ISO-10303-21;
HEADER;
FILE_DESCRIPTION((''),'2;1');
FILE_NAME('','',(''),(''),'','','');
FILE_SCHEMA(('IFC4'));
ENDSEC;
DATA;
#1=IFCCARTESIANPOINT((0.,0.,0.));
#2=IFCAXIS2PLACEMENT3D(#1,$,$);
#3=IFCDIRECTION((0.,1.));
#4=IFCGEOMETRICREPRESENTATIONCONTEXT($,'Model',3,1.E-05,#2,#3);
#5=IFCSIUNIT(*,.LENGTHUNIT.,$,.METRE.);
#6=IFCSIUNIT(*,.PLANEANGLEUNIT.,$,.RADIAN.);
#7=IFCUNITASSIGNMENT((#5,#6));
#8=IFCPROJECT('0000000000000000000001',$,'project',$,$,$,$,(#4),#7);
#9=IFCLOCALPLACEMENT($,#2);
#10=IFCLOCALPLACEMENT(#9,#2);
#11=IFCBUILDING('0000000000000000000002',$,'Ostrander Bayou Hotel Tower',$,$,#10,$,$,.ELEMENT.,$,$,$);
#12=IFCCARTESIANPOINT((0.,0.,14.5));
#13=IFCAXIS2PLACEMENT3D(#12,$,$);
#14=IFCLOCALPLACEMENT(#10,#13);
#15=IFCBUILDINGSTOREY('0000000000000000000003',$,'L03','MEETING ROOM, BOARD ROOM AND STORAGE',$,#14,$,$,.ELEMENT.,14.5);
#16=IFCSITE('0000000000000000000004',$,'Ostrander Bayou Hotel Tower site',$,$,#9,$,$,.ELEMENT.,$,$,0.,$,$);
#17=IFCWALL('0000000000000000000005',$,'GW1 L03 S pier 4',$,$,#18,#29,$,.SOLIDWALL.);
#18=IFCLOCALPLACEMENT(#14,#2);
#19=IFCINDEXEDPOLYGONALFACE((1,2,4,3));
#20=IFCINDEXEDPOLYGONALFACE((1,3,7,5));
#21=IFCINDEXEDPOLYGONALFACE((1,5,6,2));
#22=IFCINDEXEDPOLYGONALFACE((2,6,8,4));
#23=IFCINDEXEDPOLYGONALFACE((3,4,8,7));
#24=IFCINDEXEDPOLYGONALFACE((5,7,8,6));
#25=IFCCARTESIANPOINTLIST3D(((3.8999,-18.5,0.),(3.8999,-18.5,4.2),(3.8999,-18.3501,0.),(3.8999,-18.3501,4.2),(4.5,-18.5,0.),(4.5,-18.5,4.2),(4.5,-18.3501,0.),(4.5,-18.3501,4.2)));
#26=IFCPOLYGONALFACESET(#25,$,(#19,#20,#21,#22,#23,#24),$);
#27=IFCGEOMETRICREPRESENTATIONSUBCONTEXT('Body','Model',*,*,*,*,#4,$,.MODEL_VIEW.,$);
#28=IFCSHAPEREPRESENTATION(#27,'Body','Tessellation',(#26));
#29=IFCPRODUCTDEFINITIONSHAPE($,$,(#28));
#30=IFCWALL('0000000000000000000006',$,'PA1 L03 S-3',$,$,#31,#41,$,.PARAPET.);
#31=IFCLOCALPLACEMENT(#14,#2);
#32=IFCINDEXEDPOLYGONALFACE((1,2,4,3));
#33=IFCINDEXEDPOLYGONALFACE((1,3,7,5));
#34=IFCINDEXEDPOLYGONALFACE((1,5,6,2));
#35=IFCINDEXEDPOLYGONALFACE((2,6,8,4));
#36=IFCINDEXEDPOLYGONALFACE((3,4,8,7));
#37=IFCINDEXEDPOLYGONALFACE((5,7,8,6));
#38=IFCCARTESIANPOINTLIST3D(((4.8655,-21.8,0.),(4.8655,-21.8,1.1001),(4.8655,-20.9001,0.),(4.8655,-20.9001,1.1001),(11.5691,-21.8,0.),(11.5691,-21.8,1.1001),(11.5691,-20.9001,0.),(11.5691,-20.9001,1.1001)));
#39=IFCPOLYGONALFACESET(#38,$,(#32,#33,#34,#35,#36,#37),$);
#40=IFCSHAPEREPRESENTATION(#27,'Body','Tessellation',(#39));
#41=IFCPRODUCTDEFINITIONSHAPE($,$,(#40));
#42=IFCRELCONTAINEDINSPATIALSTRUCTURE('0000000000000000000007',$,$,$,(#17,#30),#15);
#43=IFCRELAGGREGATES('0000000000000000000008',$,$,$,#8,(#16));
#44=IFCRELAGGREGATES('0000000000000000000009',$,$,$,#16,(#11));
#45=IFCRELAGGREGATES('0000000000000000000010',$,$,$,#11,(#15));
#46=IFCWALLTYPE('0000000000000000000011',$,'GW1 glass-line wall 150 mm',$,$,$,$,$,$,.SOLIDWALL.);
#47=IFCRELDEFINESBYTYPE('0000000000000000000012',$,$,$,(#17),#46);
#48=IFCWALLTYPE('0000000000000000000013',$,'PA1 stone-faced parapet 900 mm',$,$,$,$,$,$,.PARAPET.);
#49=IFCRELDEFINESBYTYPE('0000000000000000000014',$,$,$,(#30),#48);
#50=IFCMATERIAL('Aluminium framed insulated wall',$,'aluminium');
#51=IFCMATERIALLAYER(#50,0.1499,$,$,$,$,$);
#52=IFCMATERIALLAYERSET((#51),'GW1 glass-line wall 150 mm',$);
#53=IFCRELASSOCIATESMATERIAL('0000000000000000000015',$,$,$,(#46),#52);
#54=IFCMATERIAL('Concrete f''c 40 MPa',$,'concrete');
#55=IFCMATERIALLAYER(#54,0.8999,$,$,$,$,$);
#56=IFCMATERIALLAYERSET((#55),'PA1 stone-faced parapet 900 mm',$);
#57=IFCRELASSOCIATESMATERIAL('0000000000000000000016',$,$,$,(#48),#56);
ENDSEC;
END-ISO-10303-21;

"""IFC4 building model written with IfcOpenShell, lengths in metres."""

from ifc_helpers import new_model, si_unit, direction, frame, frame_2d, origin, place, context, subcontext, project, spatial, rectangle, extrude, material, layer, layer_set, type_object, element, save


model = new_model("IFC4")

# Units and contexts
model_context = context("Model", 3, precision=1e-05, world=origin(), true_north=direction((0.0, 1.0)))
body_context = subcontext(model_context, "Body", "Model", "MODEL_VIEW")
ifc_project = project(units=[si_unit("LENGTHUNIT", "METRE"), si_unit("PLANEANGLEUNIT", "RADIAN")], contexts=[model_context])

# Site, building, storey
site_placement = place(None, origin())
site = spatial("IfcSite", under=ifc_project, at=site_placement, Name="Ostrander Bayou Hotel Tower site", CompositionType="ELEMENT", RefElevation=0.0)
building_placement = place(site_placement, origin())
building = spatial("IfcBuilding", under=site, at=building_placement, Name="Ostrander Bayou Hotel Tower", CompositionType="ELEMENT")
storey_placement = place(building_placement, frame((0.0, 0.0, 14.5)))
storey = spatial("IfcBuildingStorey", under=building, at=storey_placement, Name="L03", Description="MEETING ROOM, BOARD ROOM AND STORAGE", CompositionType="ELEMENT", Elevation=14.5)

# Walls
ifc_material_1 = material(Name="Aluminium framed insulated wall", Category="aluminium")
ifc_layer_1 = layer(ifc_material_1, 0.1499)
ifc_layer_set_1 = layer_set([ifc_layer_1], Name="GW1 glass-line wall 150 mm")
wall_type_1 = type_object("IfcWallType", Name="GW1 glass-line wall 150 mm", PredefinedType="SOLIDWALL", material=ifc_layer_set_1)
wall_1_placement = place(storey_placement, frame((3.8999, -18.425, 0.0), z_axis=(0.0, 0.0, 1.0), x_axis=(1.0, 0.0, 0.0)))
element("IfcWall", 1, at=wall_1_placement, inside=storey, type_object=wall_type_1, Name="GW1 L03 S pier 4", PredefinedType="SOLIDWALL", context=body_context, shape_type="SweptSolid", body=[
    extrude(rectangle(XDim=0.6001, YDim=0.1499, at=frame_2d((0.3, 0.0))), origin(), (0.0, 0.0, 1.0), 4.2),
])
ifc_material_2 = material(Name="Concrete f'c 40 MPa", Category="concrete")
ifc_layer_2 = layer(ifc_material_2, 0.8999)
ifc_layer_set_2 = layer_set([ifc_layer_2], Name="PA1 stone-faced parapet 900 mm")
wall_type_2 = type_object("IfcWallType", Name="PA1 stone-faced parapet 900 mm", PredefinedType="PARAPET", material=ifc_layer_set_2)
wall_2_placement = place(storey_placement, frame((4.8655, -21.3501, 0.0), z_axis=(0.0, 0.0, 1.0), x_axis=(1.0, 0.0, 0.0)))
element("IfcWall", 2, at=wall_2_placement, inside=storey, type_object=wall_type_2, Name="PA1 L03 S-3", PredefinedType="PARAPET", context=body_context, shape_type="SweptSolid", body=[
    extrude(rectangle(XDim=6.7036, YDim=0.8999, at=frame_2d((3.3518, 0.0))), origin(), (0.0, 0.0, 1.0), 1.1001),
])

save(model, "model.ifc")
